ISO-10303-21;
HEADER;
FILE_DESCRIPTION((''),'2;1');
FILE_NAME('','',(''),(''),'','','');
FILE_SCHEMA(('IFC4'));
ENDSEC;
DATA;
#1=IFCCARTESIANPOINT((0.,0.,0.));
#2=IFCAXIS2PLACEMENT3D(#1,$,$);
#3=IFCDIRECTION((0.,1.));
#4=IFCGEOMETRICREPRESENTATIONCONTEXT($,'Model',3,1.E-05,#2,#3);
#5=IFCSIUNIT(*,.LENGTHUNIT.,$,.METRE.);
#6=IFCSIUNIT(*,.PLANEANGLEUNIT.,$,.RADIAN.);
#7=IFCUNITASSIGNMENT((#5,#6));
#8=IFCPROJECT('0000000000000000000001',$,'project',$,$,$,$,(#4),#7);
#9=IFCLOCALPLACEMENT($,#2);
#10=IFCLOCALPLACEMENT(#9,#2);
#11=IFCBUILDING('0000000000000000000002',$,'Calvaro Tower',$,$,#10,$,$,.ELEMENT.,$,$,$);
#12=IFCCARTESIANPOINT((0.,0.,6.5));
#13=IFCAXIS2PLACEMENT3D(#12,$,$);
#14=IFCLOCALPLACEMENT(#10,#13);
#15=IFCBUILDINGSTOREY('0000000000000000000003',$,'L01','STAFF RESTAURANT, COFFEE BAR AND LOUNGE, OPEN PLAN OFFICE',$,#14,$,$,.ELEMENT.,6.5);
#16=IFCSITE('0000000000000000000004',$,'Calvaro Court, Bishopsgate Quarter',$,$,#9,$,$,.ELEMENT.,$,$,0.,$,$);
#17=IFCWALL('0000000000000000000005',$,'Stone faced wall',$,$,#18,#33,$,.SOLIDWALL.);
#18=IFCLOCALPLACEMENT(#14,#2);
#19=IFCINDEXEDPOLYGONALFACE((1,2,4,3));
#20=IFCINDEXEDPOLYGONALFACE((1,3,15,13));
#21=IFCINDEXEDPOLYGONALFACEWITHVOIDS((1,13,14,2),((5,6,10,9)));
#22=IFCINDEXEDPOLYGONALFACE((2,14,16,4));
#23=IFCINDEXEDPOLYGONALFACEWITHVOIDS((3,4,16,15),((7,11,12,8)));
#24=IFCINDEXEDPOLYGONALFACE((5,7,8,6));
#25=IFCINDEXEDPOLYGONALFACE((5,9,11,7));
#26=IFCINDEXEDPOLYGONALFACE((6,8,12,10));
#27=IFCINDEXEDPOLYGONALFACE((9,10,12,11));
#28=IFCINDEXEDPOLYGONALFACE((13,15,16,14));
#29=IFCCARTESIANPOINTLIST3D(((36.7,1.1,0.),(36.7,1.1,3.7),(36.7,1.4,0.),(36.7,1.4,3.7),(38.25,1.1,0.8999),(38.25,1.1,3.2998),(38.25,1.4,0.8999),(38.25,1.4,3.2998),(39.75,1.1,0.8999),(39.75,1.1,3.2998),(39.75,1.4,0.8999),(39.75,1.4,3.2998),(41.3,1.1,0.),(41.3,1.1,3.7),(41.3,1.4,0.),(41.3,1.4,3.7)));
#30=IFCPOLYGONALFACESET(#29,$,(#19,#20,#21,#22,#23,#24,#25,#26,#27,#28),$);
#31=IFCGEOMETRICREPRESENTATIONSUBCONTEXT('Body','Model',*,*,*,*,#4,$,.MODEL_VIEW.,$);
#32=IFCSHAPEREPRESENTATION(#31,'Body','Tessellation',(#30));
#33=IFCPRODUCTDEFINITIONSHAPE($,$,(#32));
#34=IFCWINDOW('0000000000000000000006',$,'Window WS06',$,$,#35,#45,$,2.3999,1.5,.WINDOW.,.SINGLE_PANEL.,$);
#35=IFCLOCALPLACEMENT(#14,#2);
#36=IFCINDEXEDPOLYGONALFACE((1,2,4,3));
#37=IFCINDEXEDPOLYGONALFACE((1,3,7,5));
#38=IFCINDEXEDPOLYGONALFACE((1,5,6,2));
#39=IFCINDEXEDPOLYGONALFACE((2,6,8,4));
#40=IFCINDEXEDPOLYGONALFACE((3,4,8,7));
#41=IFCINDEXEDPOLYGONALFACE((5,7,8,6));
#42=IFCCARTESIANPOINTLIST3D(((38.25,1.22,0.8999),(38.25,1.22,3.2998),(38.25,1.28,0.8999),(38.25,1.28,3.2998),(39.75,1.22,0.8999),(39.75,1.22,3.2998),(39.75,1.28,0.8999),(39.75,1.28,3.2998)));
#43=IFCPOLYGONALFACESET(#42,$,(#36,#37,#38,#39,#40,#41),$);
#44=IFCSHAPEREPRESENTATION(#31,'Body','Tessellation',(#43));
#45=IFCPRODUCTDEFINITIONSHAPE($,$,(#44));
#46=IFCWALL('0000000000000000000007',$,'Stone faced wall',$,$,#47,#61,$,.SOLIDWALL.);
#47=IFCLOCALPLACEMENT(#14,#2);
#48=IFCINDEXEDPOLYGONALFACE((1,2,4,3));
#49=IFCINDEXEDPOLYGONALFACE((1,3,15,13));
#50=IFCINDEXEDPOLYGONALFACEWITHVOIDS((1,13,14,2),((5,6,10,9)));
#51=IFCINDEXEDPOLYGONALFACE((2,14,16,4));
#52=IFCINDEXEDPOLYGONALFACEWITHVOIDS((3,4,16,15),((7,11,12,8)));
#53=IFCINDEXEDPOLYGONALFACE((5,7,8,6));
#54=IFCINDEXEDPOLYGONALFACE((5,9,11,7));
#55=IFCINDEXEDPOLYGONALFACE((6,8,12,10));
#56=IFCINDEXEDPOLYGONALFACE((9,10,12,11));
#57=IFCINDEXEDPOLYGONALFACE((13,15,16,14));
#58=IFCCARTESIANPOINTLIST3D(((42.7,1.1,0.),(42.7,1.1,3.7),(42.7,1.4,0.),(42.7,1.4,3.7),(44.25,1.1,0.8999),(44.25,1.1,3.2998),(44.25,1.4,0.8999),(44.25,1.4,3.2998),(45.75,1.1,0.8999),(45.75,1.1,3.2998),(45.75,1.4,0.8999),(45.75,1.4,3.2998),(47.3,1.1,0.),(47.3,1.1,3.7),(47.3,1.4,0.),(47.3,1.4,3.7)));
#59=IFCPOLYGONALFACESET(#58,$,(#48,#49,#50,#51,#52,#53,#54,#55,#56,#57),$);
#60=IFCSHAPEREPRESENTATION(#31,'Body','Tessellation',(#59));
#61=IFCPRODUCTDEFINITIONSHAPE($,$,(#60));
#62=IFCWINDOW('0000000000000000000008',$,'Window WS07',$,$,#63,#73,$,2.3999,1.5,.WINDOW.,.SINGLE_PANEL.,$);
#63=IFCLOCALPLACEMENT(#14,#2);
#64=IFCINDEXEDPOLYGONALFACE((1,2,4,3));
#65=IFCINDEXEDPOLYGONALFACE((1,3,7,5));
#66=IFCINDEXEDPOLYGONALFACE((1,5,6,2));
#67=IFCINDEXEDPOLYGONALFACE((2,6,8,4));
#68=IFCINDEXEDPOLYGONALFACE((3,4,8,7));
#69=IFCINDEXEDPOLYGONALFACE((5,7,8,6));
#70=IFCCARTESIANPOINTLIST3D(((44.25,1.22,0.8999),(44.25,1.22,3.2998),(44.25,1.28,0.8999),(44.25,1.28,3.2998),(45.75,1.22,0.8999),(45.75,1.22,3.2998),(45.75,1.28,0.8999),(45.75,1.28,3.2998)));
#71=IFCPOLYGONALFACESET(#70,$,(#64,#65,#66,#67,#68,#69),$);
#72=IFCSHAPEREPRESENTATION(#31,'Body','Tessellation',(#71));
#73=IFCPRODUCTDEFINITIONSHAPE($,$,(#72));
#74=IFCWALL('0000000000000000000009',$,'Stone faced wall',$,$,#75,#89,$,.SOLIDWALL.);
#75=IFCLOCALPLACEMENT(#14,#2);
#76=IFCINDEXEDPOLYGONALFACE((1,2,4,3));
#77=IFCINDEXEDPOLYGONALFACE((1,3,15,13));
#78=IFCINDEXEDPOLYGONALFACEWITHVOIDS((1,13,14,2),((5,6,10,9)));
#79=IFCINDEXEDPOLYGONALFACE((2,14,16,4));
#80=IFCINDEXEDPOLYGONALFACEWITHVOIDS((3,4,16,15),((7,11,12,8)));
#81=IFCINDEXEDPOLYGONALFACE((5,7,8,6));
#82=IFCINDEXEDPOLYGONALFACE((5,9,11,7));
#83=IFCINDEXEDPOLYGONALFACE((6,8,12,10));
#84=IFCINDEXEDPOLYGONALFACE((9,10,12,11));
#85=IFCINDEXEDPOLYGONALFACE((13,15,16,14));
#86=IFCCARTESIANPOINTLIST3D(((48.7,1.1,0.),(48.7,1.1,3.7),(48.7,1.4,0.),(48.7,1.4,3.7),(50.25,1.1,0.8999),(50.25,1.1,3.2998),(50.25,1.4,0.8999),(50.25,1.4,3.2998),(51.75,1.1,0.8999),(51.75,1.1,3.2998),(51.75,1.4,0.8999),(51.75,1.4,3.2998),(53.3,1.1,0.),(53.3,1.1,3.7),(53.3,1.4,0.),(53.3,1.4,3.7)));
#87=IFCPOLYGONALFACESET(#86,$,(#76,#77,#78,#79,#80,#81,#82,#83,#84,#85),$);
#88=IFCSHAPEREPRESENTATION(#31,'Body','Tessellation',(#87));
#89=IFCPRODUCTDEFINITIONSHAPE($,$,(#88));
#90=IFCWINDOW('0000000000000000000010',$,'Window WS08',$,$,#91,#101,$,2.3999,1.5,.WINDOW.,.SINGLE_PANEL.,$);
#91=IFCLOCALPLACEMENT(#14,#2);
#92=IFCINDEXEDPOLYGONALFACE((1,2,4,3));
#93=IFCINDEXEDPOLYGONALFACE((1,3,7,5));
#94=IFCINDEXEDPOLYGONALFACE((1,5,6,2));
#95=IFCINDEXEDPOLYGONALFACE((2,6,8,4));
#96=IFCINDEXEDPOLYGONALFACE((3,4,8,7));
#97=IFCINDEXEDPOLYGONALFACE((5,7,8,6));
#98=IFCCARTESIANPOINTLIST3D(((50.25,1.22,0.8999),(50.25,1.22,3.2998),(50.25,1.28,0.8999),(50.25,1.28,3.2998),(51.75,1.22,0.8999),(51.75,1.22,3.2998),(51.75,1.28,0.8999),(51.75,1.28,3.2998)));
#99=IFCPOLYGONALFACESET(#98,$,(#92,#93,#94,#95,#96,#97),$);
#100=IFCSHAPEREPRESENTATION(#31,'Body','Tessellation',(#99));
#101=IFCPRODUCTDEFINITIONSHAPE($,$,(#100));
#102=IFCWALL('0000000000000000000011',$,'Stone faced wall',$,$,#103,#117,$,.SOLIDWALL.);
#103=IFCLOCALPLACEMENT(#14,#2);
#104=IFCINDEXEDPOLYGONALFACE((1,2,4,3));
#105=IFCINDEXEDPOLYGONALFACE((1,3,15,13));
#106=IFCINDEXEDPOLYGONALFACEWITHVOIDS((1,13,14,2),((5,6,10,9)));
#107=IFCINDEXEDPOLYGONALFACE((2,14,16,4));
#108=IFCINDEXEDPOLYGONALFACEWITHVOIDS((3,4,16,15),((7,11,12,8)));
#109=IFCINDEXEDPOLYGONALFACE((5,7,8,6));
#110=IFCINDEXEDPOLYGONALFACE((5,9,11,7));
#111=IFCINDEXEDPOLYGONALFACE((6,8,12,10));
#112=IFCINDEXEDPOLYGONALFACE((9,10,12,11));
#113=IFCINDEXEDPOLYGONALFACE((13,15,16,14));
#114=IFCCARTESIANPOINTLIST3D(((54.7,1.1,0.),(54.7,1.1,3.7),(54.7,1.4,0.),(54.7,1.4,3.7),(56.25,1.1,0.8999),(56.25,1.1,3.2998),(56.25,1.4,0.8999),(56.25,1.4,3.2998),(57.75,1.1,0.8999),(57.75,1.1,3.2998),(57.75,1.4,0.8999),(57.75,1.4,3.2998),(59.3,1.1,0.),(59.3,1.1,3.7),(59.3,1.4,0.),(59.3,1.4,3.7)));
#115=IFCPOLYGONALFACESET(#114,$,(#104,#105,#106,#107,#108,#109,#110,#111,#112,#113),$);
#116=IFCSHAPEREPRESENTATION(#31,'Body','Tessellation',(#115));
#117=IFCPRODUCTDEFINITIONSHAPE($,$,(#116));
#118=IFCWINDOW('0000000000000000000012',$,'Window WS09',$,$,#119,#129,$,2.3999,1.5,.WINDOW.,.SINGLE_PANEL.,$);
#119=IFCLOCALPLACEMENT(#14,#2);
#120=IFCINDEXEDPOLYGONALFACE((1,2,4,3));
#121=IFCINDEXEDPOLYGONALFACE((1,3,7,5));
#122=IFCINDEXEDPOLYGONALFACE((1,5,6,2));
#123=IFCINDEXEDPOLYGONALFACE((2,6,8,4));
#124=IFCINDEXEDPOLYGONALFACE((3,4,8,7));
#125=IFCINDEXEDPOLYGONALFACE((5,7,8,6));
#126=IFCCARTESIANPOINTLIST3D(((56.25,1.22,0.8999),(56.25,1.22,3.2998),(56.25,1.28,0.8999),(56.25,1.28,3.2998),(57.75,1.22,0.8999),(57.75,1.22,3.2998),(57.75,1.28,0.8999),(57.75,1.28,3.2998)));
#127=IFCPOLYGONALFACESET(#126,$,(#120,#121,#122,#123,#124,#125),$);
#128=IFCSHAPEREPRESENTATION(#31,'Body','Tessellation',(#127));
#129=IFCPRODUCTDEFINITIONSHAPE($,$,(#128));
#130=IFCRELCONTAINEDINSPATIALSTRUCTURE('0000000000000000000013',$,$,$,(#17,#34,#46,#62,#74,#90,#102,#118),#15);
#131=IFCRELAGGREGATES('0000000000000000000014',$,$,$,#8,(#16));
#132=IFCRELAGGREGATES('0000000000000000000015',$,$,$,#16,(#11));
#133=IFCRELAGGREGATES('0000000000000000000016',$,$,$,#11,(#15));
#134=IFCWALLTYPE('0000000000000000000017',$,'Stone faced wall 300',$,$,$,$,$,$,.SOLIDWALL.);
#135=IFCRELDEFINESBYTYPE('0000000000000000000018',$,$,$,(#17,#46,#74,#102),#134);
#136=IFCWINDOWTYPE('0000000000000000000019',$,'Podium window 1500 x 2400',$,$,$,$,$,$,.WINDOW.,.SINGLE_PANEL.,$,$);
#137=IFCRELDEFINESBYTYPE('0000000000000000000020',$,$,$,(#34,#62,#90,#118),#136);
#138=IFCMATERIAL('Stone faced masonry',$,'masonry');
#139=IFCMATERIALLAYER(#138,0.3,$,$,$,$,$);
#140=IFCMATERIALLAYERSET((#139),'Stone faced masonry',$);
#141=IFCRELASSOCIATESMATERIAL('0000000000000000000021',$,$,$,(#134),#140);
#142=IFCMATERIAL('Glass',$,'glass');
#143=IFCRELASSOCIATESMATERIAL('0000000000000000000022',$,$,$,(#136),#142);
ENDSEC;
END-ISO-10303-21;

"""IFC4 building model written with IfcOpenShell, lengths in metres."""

from ifc_helpers import new_model, si_unit, direction, frame, frame_2d, origin, place, context, subcontext, project, spatial, rectangle, extrude, material, layer, layer_set, type_object, element, fill, save


model = new_model("IFC4")

# Units and contexts
model_context = context("Model", 3, precision=1e-05, world=origin(), true_north=direction((0.0, 1.0)))
body_context = subcontext(model_context, "Body", "Model", "MODEL_VIEW")
ifc_project = project(units=[si_unit("LENGTHUNIT", "METRE"), si_unit("PLANEANGLEUNIT", "RADIAN")], contexts=[model_context])

# Site, building, storey
site_placement = place(None, origin())
site = spatial("IfcSite", under=ifc_project, at=site_placement, Name="Calvaro Court, Bishopsgate Quarter", CompositionType="ELEMENT", RefElevation=0.0)
building_placement = place(site_placement, origin())
building = spatial("IfcBuilding", under=site, at=building_placement, Name="Calvaro Tower", CompositionType="ELEMENT")
storey_placement = place(building_placement, frame((0.0, 0.0, 6.5)))
storey = spatial("IfcBuildingStorey", under=building, at=storey_placement, Name="L01", Description="STAFF RESTAURANT, COFFEE BAR AND LOUNGE, OPEN PLAN OFFICE", CompositionType="ELEMENT", Elevation=6.5)

# Walls, openings, windows
ifc_material_1 = material(Name="Stone faced masonry", Category="masonry")
ifc_layer_1 = layer(ifc_material_1, 0.3)
ifc_layer_set_1 = layer_set([ifc_layer_1], Name="Stone faced masonry")
wall_type_1 = type_object("IfcWallType", Name="Stone faced wall 300", PredefinedType="SOLIDWALL", material=ifc_layer_set_1)
ifc_material_2 = material(Name="Glass", Category="glass")
window_type = type_object("IfcWindowType", Name="Podium window 1500 x 2400", PartitioningType="SINGLE_PANEL", PredefinedType="WINDOW", material=ifc_material_2)
wall_1_placement = place(storey_placement, frame((36.7, 1.25, 0.0), z_axis=(0.0, 0.0, 1.0), x_axis=(1.0, 0.0, 0.0)))
wall_1 = element("IfcWall", 1, at=wall_1_placement, inside=storey, type_object=wall_type_1, Name="Stone faced wall", PredefinedType="SOLIDWALL", context=body_context, shape_type="SweptSolid", body=[
    extrude(rectangle(XDim=4.6001, YDim=0.3, at=frame_2d((2.3, 0.0))), origin(), (0.0, 0.0, 1.0), 3.7),
])
opening_1_placement = place(wall_1_placement, frame((1.55, 0.0, 0.8999)))
opening_1 = element("IfcOpeningElement", 2, at=opening_1_placement, cuts=wall_1, PredefinedType="OPENING", context=body_context, shape_type="SweptSolid", body=[
    extrude(rectangle(XDim=1.5, YDim=2.3999, at=frame_2d((0.75, 1.2))), frame((0.0, 0.1599, 0.0), z_axis=(0.0, -1.0, 0.0), x_axis=(1.0, 0.0, 0.0)), (0.0, 0.0, 1.0), 0.3201),
])
window_1_placement = place(opening_1_placement, origin())
window_1 = element("IfcWindow", 3, at=window_1_placement, inside=storey, type_object=window_type, Name="Window WS06", OverallHeight=2.3999, OverallWidth=1.5, PartitioningType="SINGLE_PANEL", PredefinedType="WINDOW", context=body_context, shape_type="SweptSolid", body=[
    extrude(rectangle(XDim=1.5, YDim=2.3999, at=frame_2d((0.75, 1.2))), frame((0.0, 0.03, 0.0), z_axis=(0.0, -1.0, 0.0), x_axis=(1.0, 0.0, 0.0)), (0.0, 0.0, 1.0), 0.0601),
])
fill(opening_1, window_1)
wall_2_placement = place(storey_placement, frame((42.7, 1.25, 0.0), z_axis=(0.0, 0.0, 1.0), x_axis=(1.0, 0.0, 0.0)))
wall_2 = element("IfcWall", 4, at=wall_2_placement, inside=storey, type_object=wall_type_1, Name="Stone faced wall", PredefinedType="SOLIDWALL", context=body_context, shape_type="SweptSolid", body=[
    extrude(rectangle(XDim=4.6001, YDim=0.3, at=frame_2d((2.3, 0.0))), origin(), (0.0, 0.0, 1.0), 3.7),
])
opening_2_placement = place(wall_2_placement, frame((1.55, 0.0, 0.8999)))
opening_2 = element("IfcOpeningElement", 5, at=opening_2_placement, cuts=wall_2, PredefinedType="OPENING", context=body_context, shape_type="SweptSolid", body=[
    extrude(rectangle(XDim=1.5, YDim=2.3999, at=frame_2d((0.75, 1.2))), frame((0.0, 0.1599, 0.0), z_axis=(0.0, -1.0, 0.0), x_axis=(1.0, 0.0, 0.0)), (0.0, 0.0, 1.0), 0.3201),
])
window_2_placement = place(opening_2_placement, origin())
window_2 = element("IfcWindow", 6, at=window_2_placement, inside=storey, type_object=window_type, Name="Window WS07", OverallHeight=2.3999, OverallWidth=1.5, PartitioningType="SINGLE_PANEL", PredefinedType="WINDOW", context=body_context, shape_type="SweptSolid", body=[
    extrude(rectangle(XDim=1.5, YDim=2.3999, at=frame_2d((0.75, 1.2))), frame((0.0, 0.03, 0.0), z_axis=(0.0, -1.0, 0.0), x_axis=(1.0, 0.0, 0.0)), (0.0, 0.0, 1.0), 0.0601),
])
fill(opening_2, window_2)
wall_3_placement = place(storey_placement, frame((48.7, 1.25, 0.0), z_axis=(0.0, 0.0, 1.0), x_axis=(1.0, 0.0, 0.0)))
wall_3 = element("IfcWall", 7, at=wall_3_placement, inside=storey, type_object=wall_type_1, Name="Stone faced wall", PredefinedType="SOLIDWALL", context=body_context, shape_type="SweptSolid", body=[
    extrude(rectangle(XDim=4.6001, YDim=0.3, at=frame_2d((2.3, 0.0))), origin(), (0.0, 0.0, 1.0), 3.7),
])
opening_3_placement = place(wall_3_placement, frame((1.55, 0.0, 0.8999)))
opening_3 = element("IfcOpeningElement", 8, at=opening_3_placement, cuts=wall_3, PredefinedType="OPENING", context=body_context, shape_type="SweptSolid", body=[
    extrude(rectangle(XDim=1.5, YDim=2.3999, at=frame_2d((0.75, 1.2))), frame((0.0, 0.1599, 0.0), z_axis=(0.0, -1.0, 0.0), x_axis=(1.0, 0.0, 0.0)), (0.0, 0.0, 1.0), 0.3201),
])
window_3_placement = place(opening_3_placement, origin())
window_3 = element("IfcWindow", 9, at=window_3_placement, inside=storey, type_object=window_type, Name="Window WS08", OverallHeight=2.3999, OverallWidth=1.5, PartitioningType="SINGLE_PANEL", PredefinedType="WINDOW", context=body_context, shape_type="SweptSolid", body=[
    extrude(rectangle(XDim=1.5, YDim=2.3999, at=frame_2d((0.75, 1.2))), frame((0.0, 0.03, 0.0), z_axis=(0.0, -1.0, 0.0), x_axis=(1.0, 0.0, 0.0)), (0.0, 0.0, 1.0), 0.0601),
])
fill(opening_3, window_3)
wall_4_placement = place(storey_placement, frame((54.7, 1.25, 0.0), z_axis=(0.0, 0.0, 1.0), x_axis=(1.0, 0.0, 0.0)))
wall_4 = element("IfcWall", 10, at=wall_4_placement, inside=storey, type_object=wall_type_1, Name="Stone faced wall", PredefinedType="SOLIDWALL", context=body_context, shape_type="SweptSolid", body=[
    extrude(rectangle(XDim=4.6001, YDim=0.3, at=frame_2d((2.3, 0.0))), origin(), (0.0, 0.0, 1.0), 3.7),
])
opening_4_placement = place(wall_4_placement, frame((1.55, 0.0, 0.8999)))
opening_4 = element("IfcOpeningElement", 11, at=opening_4_placement, cuts=wall_4, PredefinedType="OPENING", context=body_context, shape_type="SweptSolid", body=[
    extrude(rectangle(XDim=1.5, YDim=2.3999, at=frame_2d((0.75, 1.2))), frame((0.0, 0.1599, 0.0), z_axis=(0.0, -1.0, 0.0), x_axis=(1.0, 0.0, 0.0)), (0.0, 0.0, 1.0), 0.3201),
])
window_4_placement = place(opening_4_placement, origin())
window_4 = element("IfcWindow", 12, at=window_4_placement, inside=storey, type_object=window_type, Name="Window WS09", OverallHeight=2.3999, OverallWidth=1.5, PartitioningType="SINGLE_PANEL", PredefinedType="WINDOW", context=body_context, shape_type="SweptSolid", body=[
    extrude(rectangle(XDim=1.5, YDim=2.3999, at=frame_2d((0.75, 1.2))), frame((0.0, 0.03, 0.0), z_axis=(0.0, -1.0, 0.0), x_axis=(1.0, 0.0, 0.0)), (0.0, 0.0, 1.0), 0.0601),
])
fill(opening_4, window_4)

save(model, "model.ifc")
